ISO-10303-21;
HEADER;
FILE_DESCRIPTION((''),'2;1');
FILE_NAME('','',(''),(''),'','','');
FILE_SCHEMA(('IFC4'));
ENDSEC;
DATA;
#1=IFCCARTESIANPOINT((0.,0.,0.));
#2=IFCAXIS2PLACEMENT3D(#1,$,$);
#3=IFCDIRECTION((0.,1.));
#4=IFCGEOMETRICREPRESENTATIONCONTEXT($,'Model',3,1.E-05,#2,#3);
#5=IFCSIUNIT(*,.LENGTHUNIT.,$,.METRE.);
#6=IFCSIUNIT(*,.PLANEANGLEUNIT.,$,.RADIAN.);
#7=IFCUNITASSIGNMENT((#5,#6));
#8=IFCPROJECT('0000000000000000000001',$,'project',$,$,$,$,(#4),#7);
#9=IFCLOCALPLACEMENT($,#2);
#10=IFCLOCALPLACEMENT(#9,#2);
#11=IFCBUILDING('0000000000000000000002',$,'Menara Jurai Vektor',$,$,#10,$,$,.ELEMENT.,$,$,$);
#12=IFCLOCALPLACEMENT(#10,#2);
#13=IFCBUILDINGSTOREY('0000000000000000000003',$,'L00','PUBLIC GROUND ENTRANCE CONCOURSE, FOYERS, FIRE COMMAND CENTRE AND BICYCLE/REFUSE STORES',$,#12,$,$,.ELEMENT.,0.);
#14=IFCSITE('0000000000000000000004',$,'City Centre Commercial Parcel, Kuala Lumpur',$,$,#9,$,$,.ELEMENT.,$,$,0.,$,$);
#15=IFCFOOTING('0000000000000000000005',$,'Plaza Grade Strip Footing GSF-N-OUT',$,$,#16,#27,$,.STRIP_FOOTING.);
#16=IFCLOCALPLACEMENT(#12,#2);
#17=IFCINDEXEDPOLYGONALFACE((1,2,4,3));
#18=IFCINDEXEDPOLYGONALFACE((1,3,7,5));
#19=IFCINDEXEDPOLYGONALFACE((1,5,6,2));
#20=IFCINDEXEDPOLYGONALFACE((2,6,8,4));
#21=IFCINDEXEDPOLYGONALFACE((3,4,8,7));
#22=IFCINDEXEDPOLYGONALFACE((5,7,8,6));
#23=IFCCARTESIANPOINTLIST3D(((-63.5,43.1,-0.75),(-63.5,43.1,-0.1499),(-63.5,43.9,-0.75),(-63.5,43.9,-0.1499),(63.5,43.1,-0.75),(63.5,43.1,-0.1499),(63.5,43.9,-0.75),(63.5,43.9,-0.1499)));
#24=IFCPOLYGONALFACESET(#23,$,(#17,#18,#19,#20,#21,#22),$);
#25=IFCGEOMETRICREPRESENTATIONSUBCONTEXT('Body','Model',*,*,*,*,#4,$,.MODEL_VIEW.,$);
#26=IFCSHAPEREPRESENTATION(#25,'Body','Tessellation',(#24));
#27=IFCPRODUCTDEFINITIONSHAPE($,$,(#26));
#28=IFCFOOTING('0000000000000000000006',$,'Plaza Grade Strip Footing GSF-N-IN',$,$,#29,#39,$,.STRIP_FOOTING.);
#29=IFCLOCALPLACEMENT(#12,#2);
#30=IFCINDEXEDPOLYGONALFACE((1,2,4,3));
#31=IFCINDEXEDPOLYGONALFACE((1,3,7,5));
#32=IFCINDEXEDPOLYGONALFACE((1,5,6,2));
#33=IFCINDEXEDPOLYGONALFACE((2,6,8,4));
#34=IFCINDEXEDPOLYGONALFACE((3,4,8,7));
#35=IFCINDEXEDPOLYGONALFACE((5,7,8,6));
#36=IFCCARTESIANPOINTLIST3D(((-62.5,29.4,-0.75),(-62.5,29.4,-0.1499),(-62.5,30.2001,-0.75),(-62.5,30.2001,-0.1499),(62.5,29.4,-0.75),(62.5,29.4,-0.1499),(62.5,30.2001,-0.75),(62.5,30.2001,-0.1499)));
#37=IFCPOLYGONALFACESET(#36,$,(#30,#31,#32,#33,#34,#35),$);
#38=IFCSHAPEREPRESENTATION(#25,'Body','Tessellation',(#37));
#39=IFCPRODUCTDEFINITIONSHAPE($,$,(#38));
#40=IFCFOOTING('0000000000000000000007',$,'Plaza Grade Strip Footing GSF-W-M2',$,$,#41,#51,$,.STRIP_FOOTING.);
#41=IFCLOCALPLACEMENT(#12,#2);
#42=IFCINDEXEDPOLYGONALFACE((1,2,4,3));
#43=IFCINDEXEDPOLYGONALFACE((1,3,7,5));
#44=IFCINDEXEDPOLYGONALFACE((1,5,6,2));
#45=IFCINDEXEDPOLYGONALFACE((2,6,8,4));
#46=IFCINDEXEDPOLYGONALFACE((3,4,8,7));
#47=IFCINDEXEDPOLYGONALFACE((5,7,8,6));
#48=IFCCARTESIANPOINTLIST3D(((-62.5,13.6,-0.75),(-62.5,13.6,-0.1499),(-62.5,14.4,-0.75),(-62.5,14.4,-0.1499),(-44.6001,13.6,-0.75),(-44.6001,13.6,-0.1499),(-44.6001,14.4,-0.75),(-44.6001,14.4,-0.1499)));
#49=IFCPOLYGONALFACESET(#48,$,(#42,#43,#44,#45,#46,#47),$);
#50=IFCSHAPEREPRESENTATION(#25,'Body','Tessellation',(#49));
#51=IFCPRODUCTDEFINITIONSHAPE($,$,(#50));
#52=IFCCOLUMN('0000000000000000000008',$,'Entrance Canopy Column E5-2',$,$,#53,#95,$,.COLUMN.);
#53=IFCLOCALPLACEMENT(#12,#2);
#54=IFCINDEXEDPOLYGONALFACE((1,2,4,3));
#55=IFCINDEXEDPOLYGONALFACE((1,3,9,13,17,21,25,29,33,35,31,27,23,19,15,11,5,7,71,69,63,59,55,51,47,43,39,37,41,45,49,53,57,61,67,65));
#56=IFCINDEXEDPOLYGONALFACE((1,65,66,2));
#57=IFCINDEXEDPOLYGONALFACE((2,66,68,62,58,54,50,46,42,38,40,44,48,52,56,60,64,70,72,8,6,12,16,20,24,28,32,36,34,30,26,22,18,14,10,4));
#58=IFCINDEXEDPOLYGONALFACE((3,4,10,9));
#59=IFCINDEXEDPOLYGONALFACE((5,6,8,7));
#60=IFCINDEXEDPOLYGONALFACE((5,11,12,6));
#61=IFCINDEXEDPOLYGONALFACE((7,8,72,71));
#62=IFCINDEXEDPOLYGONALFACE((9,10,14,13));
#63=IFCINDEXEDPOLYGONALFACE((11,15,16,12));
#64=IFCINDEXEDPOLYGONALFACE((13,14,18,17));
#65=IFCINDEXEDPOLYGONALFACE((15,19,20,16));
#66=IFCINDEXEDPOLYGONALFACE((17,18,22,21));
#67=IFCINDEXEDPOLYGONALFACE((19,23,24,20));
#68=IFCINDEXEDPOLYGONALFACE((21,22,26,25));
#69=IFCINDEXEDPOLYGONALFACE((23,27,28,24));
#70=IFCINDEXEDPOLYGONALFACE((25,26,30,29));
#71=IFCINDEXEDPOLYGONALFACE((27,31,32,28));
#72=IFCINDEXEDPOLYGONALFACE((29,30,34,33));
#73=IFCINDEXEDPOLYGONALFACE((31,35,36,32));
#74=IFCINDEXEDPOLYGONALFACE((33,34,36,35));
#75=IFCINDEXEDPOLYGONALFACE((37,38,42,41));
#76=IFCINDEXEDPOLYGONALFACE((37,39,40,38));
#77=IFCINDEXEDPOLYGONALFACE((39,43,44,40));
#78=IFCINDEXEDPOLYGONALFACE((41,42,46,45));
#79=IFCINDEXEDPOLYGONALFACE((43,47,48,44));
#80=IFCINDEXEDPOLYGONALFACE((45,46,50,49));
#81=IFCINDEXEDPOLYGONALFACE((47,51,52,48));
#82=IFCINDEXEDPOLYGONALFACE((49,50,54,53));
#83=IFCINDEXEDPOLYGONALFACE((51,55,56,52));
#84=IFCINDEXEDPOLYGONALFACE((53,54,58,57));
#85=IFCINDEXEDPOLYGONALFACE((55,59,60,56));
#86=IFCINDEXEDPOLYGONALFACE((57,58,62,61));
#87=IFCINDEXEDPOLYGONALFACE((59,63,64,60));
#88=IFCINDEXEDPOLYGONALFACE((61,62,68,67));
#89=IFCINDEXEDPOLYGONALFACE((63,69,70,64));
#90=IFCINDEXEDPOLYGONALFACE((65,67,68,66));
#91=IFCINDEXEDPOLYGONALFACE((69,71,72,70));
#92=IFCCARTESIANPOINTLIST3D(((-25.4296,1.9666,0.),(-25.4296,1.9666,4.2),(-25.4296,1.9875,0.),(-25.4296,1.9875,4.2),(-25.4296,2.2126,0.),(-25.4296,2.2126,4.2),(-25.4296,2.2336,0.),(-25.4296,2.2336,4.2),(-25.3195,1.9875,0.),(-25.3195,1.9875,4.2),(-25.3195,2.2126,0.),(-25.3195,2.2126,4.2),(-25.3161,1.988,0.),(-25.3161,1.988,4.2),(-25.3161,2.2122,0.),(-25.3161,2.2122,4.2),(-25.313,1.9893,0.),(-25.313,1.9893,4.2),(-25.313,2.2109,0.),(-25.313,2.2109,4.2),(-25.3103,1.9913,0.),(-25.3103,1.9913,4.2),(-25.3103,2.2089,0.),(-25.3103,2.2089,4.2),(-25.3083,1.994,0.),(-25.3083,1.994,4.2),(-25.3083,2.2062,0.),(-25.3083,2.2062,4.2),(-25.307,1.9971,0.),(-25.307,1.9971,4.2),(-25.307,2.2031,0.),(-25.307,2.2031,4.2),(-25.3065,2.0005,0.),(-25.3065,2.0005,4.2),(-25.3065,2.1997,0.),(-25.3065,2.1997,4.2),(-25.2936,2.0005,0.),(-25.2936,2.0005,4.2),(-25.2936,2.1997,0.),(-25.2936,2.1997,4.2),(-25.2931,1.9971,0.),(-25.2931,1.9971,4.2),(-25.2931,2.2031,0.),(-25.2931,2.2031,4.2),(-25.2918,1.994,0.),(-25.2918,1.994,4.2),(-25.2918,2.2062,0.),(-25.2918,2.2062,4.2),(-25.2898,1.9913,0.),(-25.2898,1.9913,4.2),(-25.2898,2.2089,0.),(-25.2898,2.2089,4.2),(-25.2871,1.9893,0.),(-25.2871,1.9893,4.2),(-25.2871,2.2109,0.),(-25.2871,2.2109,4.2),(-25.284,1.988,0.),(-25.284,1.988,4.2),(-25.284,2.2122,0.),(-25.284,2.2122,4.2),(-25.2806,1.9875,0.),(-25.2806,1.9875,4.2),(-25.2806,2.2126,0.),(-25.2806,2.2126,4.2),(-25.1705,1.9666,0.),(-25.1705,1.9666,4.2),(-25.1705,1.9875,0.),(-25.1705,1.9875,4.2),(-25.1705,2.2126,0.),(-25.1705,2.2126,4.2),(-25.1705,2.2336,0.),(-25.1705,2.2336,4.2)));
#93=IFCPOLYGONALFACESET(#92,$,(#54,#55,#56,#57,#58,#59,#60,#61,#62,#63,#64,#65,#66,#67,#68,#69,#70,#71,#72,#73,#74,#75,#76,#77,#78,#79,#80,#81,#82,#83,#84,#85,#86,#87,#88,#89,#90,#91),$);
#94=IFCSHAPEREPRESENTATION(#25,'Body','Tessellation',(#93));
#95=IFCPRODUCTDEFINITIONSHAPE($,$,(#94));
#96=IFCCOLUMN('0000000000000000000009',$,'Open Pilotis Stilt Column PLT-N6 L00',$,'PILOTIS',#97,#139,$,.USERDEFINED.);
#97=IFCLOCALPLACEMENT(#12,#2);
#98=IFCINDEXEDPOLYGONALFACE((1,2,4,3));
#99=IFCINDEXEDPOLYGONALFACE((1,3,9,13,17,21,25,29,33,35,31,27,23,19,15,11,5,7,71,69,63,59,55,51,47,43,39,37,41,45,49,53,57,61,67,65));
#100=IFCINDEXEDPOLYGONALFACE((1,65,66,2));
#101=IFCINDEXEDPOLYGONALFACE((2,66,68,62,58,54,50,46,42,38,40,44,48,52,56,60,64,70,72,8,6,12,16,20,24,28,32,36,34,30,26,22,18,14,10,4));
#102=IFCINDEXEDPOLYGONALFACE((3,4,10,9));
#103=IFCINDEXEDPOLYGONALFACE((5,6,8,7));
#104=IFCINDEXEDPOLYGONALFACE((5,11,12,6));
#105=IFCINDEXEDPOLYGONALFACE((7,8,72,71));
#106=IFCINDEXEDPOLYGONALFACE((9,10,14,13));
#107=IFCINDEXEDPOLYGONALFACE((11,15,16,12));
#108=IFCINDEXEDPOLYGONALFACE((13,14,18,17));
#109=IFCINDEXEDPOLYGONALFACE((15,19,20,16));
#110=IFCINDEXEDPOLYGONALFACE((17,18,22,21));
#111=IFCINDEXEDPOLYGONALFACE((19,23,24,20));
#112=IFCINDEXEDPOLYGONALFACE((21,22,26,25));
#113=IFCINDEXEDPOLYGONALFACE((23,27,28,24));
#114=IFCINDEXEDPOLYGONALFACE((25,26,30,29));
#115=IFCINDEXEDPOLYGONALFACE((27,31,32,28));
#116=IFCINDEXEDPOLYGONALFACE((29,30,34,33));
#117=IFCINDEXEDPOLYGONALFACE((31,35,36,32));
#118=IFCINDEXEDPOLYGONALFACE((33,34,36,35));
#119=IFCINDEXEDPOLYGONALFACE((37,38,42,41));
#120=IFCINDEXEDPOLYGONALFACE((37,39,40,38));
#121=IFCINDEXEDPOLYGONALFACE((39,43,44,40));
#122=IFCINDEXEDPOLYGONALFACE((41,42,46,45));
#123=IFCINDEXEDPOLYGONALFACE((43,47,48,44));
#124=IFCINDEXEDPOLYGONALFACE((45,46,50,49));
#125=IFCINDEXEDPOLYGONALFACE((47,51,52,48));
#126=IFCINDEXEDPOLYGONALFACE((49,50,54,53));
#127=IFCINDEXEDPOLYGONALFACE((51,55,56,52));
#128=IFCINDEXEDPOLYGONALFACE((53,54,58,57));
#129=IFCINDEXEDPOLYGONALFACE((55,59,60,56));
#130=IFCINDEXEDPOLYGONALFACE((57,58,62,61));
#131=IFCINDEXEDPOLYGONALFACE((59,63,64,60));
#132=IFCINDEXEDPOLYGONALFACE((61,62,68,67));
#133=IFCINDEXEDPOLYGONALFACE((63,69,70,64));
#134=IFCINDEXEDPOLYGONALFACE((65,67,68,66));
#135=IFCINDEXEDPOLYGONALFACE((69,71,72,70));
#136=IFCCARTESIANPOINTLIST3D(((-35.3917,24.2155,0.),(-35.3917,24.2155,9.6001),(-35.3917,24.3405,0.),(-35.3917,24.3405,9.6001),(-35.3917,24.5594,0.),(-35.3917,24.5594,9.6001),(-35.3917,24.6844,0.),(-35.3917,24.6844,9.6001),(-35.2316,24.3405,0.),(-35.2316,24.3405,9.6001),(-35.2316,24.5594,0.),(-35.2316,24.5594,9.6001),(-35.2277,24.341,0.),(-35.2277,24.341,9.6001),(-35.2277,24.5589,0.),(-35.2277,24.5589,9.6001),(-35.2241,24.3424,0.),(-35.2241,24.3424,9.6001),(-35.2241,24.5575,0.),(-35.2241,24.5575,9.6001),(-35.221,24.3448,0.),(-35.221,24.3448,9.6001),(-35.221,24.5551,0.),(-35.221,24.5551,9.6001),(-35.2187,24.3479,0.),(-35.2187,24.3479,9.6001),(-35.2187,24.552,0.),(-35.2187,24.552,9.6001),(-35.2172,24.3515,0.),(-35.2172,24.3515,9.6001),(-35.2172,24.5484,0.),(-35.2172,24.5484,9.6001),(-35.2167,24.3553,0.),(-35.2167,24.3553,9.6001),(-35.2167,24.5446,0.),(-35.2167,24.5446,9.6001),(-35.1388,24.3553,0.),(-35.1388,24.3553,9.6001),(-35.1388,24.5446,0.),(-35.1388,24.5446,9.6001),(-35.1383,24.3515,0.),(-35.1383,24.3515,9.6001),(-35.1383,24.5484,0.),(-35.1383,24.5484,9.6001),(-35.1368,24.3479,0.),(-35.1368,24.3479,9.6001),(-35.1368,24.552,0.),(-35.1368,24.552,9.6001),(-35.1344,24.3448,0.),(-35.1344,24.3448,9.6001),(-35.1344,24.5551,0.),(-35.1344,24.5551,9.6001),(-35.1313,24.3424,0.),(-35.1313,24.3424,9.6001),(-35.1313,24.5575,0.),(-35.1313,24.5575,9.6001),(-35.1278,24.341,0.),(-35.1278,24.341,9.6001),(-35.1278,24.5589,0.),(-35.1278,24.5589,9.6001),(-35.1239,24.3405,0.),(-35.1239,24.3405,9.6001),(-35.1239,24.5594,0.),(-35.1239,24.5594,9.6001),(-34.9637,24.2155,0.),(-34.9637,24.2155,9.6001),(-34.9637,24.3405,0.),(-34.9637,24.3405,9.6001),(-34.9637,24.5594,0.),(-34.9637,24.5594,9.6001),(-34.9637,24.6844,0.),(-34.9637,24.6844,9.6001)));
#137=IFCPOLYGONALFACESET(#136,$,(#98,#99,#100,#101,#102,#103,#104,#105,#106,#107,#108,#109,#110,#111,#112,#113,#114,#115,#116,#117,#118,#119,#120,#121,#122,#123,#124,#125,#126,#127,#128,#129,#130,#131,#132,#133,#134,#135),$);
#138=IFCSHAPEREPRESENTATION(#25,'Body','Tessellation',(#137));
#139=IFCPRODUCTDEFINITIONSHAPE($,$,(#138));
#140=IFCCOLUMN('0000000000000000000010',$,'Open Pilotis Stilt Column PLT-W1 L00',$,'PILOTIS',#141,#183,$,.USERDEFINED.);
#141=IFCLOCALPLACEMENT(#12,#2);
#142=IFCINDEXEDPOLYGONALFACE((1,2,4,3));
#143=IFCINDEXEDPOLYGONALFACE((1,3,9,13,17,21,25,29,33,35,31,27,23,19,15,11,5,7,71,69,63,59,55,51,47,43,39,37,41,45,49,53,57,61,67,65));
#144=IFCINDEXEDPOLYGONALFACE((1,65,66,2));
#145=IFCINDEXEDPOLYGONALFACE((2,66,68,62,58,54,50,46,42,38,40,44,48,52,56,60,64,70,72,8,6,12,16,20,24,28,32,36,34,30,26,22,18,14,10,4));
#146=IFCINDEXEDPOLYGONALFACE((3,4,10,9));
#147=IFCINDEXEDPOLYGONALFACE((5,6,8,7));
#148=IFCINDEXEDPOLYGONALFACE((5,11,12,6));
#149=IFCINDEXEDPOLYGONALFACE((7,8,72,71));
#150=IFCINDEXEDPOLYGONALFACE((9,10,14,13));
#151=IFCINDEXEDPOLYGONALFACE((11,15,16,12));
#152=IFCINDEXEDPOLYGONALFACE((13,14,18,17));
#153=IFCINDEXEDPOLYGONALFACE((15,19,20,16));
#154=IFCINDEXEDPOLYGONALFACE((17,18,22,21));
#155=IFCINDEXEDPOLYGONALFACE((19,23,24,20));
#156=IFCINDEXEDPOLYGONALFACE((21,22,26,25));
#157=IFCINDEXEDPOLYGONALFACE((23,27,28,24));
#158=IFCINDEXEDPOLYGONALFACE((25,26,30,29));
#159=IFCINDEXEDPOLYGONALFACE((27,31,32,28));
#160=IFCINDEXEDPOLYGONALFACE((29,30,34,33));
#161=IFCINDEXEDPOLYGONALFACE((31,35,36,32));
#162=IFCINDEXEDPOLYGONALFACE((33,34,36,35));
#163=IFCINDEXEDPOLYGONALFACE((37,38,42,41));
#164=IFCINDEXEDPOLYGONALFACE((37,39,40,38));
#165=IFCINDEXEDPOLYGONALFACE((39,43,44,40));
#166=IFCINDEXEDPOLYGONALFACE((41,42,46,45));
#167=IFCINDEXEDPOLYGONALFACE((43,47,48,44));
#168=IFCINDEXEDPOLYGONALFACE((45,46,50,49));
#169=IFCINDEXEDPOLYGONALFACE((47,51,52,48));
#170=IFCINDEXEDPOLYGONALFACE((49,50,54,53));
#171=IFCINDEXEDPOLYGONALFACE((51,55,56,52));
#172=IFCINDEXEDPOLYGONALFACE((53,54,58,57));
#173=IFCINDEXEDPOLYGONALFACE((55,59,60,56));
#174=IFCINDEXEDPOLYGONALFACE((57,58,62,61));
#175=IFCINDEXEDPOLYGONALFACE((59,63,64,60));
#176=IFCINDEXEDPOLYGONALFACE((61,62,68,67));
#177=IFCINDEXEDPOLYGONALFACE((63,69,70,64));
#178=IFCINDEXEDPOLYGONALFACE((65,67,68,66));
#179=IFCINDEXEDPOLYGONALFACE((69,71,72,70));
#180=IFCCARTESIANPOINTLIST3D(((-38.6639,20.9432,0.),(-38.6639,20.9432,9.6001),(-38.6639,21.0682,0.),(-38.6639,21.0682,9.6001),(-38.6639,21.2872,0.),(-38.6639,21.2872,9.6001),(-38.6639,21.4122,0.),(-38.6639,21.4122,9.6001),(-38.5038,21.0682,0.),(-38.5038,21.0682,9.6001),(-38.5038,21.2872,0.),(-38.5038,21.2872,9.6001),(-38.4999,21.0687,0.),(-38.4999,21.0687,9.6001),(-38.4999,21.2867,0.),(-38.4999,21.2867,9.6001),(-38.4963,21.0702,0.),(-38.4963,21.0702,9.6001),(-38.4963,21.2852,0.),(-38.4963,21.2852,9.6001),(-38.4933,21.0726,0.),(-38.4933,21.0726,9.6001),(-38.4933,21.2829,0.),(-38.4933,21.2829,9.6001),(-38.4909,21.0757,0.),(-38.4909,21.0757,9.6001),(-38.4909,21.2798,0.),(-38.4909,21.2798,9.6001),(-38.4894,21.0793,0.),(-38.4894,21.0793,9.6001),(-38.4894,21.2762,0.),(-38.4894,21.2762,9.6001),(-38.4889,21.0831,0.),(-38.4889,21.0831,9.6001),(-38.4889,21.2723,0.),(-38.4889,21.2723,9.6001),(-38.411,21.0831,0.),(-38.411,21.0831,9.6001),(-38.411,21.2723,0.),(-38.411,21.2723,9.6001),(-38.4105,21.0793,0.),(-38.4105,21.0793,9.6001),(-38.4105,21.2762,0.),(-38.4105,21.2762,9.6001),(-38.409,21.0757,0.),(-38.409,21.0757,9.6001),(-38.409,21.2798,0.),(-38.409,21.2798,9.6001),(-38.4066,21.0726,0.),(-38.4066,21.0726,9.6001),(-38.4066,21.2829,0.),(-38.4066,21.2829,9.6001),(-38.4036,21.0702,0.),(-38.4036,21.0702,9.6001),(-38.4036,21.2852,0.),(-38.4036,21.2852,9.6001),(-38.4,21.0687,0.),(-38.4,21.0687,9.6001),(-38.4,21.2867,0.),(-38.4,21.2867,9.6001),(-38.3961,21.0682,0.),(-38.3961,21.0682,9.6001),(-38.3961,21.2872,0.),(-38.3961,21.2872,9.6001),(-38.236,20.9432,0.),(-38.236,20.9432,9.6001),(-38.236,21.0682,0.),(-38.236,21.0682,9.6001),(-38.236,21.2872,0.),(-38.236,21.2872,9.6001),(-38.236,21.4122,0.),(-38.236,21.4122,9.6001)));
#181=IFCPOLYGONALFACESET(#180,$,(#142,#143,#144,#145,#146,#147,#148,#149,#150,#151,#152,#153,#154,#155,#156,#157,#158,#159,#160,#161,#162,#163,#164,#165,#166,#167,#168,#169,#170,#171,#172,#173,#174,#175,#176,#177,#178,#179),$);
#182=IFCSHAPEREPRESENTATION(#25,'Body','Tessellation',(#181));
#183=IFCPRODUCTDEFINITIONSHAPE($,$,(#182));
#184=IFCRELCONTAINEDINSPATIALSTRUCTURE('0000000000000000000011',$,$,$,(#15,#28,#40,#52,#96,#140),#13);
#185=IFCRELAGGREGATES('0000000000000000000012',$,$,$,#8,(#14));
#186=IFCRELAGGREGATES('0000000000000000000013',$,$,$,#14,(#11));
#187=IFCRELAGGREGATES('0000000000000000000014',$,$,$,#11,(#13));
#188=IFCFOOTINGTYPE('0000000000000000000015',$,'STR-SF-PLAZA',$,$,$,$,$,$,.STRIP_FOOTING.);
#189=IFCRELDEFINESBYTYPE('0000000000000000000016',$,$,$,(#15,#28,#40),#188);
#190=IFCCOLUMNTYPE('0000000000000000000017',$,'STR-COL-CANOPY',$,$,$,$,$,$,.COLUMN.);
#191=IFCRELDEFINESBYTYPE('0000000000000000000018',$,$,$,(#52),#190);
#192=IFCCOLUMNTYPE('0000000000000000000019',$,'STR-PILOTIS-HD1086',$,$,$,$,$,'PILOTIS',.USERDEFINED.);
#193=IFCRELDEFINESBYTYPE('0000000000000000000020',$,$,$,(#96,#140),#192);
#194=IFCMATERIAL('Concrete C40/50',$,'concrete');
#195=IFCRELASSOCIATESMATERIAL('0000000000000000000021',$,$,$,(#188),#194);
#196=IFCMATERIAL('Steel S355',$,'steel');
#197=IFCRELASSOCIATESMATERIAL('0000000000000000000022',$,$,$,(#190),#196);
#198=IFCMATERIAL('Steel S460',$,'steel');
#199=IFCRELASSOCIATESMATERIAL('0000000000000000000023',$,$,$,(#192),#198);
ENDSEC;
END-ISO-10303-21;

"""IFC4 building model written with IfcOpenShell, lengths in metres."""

from ifc_helpers import new_model, si_unit, direction, frame, origin, origin_2d, place, context, subcontext, project, spatial, rectangle, i_section, extrude, material, material_profile, profile_set, type_object, element, save


model = new_model("IFC4")

# Units and contexts
model_context = context("Model", 3, precision=1e-05, world=origin(), true_north=direction((0.0, 1.0)))
body_context = subcontext(model_context, "Body", "Model", "MODEL_VIEW")
ifc_project = project(units=[si_unit("LENGTHUNIT", "METRE"), si_unit("PLANEANGLEUNIT", "RADIAN")], contexts=[model_context])

# Site, building, storey
site_placement = place(None, origin())
site = spatial("IfcSite", under=ifc_project, at=site_placement, Name="City Centre Commercial Parcel, Kuala Lumpur", CompositionType="ELEMENT", RefElevation=0.0)
building_placement = place(site_placement, origin())
building = spatial("IfcBuilding", under=site, at=building_placement, Name="Menara Jurai Vektor", CompositionType="ELEMENT")
storey_placement = place(building_placement, origin())
storey = spatial("IfcBuildingStorey", under=building, at=storey_placement, Name="L00", Description="PUBLIC GROUND ENTRANCE CONCOURSE, FOYERS, FIRE COMMAND CENTRE AND BICYCLE/REFUSE STORES", CompositionType="ELEMENT", Elevation=0.0)

# Footings
ifc_material_1 = material(Name="Concrete C40/50", Category="concrete")
ifc_material_profile_1 = material_profile(ifc_material_1, rectangle(XDim=0.8, YDim=0.6001, at=origin_2d()), Name="RC 800x600")
ifc_profile_set_1 = profile_set([ifc_material_profile_1], Name="Concrete C40/50")
footing_type = type_object("IfcFootingType", Name="STR-SF-PLAZA", PredefinedType="STRIP_FOOTING", material=ifc_profile_set_1)
footing_1_placement = place(storey_placement, frame((-63.5, 43.5, -0.45), z_axis=(1.0, 0.0, 0.0), x_axis=(0.0, 1.0, 0.0)))
element("IfcFooting", 1, at=footing_1_placement, inside=storey, type_object=footing_type, Name="Plaza Grade Strip Footing GSF-N-OUT", PredefinedType="STRIP_FOOTING", context=body_context, shape_type="SweptSolid", body=[
    extrude(rectangle(XDim=0.8, YDim=0.6001, at=origin_2d()), origin(), (0.0, 0.0, 1.0), 127.0),
])
footing_2_placement = place(storey_placement, frame((-62.5, 29.8, -0.45), z_axis=(1.0, 0.0, 0.0), x_axis=(0.0, 1.0, 0.0)))
element("IfcFooting", 2, at=footing_2_placement, inside=storey, type_object=footing_type, Name="Plaza Grade Strip Footing GSF-N-IN", PredefinedType="STRIP_FOOTING", context=body_context, shape_type="SweptSolid", body=[
    extrude(rectangle(XDim=0.8, YDim=0.6001, at=origin_2d()), origin(), (0.0, 0.0, 1.0), 125.0),
])
footing_3_placement = place(storey_placement, frame((-62.5, 14.0, -0.45), z_axis=(1.0, 0.0, 0.0), x_axis=(0.0, 1.0, 0.0)))
element("IfcFooting", 3, at=footing_3_placement, inside=storey, type_object=footing_type, Name="Plaza Grade Strip Footing GSF-W-M2", PredefinedType="STRIP_FOOTING", context=body_context, shape_type="SweptSolid", body=[
    extrude(rectangle(XDim=0.8, YDim=0.6001, at=origin_2d()), origin(), (0.0, 0.0, 1.0), 17.8999),
])

# Columns
ifc_material_2 = material(Name="Steel S355", Category="steel")
ifc_material_profile_2 = material_profile(ifc_material_2, i_section(OverallWidth=0.259, OverallDepth=0.2671, WebThickness=0.0129, FlangeThickness=0.021, FilletRadius=0.0129, at=origin_2d()), Name="UKC 254x254x107")
ifc_profile_set_2 = profile_set([ifc_material_profile_2], Name="Steel S355")
column_type_1 = type_object("IfcColumnType", Name="STR-COL-CANOPY", PredefinedType="COLUMN", material=ifc_profile_set_2)
column_placement = place(storey_placement, frame((-25.3, 2.1001, 0.0), z_axis=(0.0, 0.0, 1.0), x_axis=(1.0, 0.0, 0.0)))
element("IfcColumn", 4, at=column_placement, inside=storey, type_object=column_type_1, Name="Entrance Canopy Column E5-2", PredefinedType="COLUMN", context=body_context, shape_type="SweptSolid", body=[
    extrude(i_section(OverallWidth=0.259, OverallDepth=0.2671, WebThickness=0.0129, FlangeThickness=0.021, FilletRadius=0.0129, at=origin_2d()), origin(), (0.0, 0.0, 1.0), 4.2),
])
ifc_material_3 = material(Name="Steel S460", Category="steel")
ifc_material_profile_3 = material_profile(ifc_material_3, i_section(OverallWidth=0.428, OverallDepth=0.469, WebThickness=0.0779, FlangeThickness=0.125, FilletRadius=0.0149, at=origin_2d()), Name="HD 400x1086")
ifc_profile_set_3 = profile_set([ifc_material_profile_3], Name="Steel S460")
column_type_2 = type_object("IfcColumnType", Name="STR-PILOTIS-HD1086", ElementType="PILOTIS", PredefinedType="USERDEFINED", material=ifc_profile_set_3)
for number, where, z_axis, x_axis, name in (
    (5, (-35.1777, 24.45, 0.0), (0.0, 0.0, 1.0), (1.0, 0.0, 0.0), "Open Pilotis Stilt Column PLT-N6 L00"),
    (6, (-38.45, 21.1777, 0.0), (0.0, 0.0, 1.0), (1.0, 0.0, 0.0), "Open Pilotis Stilt Column PLT-W1 L00"),
):
    element("IfcColumn", number, at=place(storey_placement, frame(where, z_axis=z_axis, x_axis=x_axis)), inside=storey, type_object=column_type_2, Name=name, ObjectType="PILOTIS", PredefinedType="USERDEFINED", context=body_context, shape_type="SweptSolid", body=[
        extrude(i_section(OverallWidth=0.428, OverallDepth=0.469, WebThickness=0.0779, FlangeThickness=0.125, FilletRadius=0.0149, at=origin_2d()), origin(), (0.0, 0.0, 1.0), 9.6001),
    ])

save(model, "model.ifc")
